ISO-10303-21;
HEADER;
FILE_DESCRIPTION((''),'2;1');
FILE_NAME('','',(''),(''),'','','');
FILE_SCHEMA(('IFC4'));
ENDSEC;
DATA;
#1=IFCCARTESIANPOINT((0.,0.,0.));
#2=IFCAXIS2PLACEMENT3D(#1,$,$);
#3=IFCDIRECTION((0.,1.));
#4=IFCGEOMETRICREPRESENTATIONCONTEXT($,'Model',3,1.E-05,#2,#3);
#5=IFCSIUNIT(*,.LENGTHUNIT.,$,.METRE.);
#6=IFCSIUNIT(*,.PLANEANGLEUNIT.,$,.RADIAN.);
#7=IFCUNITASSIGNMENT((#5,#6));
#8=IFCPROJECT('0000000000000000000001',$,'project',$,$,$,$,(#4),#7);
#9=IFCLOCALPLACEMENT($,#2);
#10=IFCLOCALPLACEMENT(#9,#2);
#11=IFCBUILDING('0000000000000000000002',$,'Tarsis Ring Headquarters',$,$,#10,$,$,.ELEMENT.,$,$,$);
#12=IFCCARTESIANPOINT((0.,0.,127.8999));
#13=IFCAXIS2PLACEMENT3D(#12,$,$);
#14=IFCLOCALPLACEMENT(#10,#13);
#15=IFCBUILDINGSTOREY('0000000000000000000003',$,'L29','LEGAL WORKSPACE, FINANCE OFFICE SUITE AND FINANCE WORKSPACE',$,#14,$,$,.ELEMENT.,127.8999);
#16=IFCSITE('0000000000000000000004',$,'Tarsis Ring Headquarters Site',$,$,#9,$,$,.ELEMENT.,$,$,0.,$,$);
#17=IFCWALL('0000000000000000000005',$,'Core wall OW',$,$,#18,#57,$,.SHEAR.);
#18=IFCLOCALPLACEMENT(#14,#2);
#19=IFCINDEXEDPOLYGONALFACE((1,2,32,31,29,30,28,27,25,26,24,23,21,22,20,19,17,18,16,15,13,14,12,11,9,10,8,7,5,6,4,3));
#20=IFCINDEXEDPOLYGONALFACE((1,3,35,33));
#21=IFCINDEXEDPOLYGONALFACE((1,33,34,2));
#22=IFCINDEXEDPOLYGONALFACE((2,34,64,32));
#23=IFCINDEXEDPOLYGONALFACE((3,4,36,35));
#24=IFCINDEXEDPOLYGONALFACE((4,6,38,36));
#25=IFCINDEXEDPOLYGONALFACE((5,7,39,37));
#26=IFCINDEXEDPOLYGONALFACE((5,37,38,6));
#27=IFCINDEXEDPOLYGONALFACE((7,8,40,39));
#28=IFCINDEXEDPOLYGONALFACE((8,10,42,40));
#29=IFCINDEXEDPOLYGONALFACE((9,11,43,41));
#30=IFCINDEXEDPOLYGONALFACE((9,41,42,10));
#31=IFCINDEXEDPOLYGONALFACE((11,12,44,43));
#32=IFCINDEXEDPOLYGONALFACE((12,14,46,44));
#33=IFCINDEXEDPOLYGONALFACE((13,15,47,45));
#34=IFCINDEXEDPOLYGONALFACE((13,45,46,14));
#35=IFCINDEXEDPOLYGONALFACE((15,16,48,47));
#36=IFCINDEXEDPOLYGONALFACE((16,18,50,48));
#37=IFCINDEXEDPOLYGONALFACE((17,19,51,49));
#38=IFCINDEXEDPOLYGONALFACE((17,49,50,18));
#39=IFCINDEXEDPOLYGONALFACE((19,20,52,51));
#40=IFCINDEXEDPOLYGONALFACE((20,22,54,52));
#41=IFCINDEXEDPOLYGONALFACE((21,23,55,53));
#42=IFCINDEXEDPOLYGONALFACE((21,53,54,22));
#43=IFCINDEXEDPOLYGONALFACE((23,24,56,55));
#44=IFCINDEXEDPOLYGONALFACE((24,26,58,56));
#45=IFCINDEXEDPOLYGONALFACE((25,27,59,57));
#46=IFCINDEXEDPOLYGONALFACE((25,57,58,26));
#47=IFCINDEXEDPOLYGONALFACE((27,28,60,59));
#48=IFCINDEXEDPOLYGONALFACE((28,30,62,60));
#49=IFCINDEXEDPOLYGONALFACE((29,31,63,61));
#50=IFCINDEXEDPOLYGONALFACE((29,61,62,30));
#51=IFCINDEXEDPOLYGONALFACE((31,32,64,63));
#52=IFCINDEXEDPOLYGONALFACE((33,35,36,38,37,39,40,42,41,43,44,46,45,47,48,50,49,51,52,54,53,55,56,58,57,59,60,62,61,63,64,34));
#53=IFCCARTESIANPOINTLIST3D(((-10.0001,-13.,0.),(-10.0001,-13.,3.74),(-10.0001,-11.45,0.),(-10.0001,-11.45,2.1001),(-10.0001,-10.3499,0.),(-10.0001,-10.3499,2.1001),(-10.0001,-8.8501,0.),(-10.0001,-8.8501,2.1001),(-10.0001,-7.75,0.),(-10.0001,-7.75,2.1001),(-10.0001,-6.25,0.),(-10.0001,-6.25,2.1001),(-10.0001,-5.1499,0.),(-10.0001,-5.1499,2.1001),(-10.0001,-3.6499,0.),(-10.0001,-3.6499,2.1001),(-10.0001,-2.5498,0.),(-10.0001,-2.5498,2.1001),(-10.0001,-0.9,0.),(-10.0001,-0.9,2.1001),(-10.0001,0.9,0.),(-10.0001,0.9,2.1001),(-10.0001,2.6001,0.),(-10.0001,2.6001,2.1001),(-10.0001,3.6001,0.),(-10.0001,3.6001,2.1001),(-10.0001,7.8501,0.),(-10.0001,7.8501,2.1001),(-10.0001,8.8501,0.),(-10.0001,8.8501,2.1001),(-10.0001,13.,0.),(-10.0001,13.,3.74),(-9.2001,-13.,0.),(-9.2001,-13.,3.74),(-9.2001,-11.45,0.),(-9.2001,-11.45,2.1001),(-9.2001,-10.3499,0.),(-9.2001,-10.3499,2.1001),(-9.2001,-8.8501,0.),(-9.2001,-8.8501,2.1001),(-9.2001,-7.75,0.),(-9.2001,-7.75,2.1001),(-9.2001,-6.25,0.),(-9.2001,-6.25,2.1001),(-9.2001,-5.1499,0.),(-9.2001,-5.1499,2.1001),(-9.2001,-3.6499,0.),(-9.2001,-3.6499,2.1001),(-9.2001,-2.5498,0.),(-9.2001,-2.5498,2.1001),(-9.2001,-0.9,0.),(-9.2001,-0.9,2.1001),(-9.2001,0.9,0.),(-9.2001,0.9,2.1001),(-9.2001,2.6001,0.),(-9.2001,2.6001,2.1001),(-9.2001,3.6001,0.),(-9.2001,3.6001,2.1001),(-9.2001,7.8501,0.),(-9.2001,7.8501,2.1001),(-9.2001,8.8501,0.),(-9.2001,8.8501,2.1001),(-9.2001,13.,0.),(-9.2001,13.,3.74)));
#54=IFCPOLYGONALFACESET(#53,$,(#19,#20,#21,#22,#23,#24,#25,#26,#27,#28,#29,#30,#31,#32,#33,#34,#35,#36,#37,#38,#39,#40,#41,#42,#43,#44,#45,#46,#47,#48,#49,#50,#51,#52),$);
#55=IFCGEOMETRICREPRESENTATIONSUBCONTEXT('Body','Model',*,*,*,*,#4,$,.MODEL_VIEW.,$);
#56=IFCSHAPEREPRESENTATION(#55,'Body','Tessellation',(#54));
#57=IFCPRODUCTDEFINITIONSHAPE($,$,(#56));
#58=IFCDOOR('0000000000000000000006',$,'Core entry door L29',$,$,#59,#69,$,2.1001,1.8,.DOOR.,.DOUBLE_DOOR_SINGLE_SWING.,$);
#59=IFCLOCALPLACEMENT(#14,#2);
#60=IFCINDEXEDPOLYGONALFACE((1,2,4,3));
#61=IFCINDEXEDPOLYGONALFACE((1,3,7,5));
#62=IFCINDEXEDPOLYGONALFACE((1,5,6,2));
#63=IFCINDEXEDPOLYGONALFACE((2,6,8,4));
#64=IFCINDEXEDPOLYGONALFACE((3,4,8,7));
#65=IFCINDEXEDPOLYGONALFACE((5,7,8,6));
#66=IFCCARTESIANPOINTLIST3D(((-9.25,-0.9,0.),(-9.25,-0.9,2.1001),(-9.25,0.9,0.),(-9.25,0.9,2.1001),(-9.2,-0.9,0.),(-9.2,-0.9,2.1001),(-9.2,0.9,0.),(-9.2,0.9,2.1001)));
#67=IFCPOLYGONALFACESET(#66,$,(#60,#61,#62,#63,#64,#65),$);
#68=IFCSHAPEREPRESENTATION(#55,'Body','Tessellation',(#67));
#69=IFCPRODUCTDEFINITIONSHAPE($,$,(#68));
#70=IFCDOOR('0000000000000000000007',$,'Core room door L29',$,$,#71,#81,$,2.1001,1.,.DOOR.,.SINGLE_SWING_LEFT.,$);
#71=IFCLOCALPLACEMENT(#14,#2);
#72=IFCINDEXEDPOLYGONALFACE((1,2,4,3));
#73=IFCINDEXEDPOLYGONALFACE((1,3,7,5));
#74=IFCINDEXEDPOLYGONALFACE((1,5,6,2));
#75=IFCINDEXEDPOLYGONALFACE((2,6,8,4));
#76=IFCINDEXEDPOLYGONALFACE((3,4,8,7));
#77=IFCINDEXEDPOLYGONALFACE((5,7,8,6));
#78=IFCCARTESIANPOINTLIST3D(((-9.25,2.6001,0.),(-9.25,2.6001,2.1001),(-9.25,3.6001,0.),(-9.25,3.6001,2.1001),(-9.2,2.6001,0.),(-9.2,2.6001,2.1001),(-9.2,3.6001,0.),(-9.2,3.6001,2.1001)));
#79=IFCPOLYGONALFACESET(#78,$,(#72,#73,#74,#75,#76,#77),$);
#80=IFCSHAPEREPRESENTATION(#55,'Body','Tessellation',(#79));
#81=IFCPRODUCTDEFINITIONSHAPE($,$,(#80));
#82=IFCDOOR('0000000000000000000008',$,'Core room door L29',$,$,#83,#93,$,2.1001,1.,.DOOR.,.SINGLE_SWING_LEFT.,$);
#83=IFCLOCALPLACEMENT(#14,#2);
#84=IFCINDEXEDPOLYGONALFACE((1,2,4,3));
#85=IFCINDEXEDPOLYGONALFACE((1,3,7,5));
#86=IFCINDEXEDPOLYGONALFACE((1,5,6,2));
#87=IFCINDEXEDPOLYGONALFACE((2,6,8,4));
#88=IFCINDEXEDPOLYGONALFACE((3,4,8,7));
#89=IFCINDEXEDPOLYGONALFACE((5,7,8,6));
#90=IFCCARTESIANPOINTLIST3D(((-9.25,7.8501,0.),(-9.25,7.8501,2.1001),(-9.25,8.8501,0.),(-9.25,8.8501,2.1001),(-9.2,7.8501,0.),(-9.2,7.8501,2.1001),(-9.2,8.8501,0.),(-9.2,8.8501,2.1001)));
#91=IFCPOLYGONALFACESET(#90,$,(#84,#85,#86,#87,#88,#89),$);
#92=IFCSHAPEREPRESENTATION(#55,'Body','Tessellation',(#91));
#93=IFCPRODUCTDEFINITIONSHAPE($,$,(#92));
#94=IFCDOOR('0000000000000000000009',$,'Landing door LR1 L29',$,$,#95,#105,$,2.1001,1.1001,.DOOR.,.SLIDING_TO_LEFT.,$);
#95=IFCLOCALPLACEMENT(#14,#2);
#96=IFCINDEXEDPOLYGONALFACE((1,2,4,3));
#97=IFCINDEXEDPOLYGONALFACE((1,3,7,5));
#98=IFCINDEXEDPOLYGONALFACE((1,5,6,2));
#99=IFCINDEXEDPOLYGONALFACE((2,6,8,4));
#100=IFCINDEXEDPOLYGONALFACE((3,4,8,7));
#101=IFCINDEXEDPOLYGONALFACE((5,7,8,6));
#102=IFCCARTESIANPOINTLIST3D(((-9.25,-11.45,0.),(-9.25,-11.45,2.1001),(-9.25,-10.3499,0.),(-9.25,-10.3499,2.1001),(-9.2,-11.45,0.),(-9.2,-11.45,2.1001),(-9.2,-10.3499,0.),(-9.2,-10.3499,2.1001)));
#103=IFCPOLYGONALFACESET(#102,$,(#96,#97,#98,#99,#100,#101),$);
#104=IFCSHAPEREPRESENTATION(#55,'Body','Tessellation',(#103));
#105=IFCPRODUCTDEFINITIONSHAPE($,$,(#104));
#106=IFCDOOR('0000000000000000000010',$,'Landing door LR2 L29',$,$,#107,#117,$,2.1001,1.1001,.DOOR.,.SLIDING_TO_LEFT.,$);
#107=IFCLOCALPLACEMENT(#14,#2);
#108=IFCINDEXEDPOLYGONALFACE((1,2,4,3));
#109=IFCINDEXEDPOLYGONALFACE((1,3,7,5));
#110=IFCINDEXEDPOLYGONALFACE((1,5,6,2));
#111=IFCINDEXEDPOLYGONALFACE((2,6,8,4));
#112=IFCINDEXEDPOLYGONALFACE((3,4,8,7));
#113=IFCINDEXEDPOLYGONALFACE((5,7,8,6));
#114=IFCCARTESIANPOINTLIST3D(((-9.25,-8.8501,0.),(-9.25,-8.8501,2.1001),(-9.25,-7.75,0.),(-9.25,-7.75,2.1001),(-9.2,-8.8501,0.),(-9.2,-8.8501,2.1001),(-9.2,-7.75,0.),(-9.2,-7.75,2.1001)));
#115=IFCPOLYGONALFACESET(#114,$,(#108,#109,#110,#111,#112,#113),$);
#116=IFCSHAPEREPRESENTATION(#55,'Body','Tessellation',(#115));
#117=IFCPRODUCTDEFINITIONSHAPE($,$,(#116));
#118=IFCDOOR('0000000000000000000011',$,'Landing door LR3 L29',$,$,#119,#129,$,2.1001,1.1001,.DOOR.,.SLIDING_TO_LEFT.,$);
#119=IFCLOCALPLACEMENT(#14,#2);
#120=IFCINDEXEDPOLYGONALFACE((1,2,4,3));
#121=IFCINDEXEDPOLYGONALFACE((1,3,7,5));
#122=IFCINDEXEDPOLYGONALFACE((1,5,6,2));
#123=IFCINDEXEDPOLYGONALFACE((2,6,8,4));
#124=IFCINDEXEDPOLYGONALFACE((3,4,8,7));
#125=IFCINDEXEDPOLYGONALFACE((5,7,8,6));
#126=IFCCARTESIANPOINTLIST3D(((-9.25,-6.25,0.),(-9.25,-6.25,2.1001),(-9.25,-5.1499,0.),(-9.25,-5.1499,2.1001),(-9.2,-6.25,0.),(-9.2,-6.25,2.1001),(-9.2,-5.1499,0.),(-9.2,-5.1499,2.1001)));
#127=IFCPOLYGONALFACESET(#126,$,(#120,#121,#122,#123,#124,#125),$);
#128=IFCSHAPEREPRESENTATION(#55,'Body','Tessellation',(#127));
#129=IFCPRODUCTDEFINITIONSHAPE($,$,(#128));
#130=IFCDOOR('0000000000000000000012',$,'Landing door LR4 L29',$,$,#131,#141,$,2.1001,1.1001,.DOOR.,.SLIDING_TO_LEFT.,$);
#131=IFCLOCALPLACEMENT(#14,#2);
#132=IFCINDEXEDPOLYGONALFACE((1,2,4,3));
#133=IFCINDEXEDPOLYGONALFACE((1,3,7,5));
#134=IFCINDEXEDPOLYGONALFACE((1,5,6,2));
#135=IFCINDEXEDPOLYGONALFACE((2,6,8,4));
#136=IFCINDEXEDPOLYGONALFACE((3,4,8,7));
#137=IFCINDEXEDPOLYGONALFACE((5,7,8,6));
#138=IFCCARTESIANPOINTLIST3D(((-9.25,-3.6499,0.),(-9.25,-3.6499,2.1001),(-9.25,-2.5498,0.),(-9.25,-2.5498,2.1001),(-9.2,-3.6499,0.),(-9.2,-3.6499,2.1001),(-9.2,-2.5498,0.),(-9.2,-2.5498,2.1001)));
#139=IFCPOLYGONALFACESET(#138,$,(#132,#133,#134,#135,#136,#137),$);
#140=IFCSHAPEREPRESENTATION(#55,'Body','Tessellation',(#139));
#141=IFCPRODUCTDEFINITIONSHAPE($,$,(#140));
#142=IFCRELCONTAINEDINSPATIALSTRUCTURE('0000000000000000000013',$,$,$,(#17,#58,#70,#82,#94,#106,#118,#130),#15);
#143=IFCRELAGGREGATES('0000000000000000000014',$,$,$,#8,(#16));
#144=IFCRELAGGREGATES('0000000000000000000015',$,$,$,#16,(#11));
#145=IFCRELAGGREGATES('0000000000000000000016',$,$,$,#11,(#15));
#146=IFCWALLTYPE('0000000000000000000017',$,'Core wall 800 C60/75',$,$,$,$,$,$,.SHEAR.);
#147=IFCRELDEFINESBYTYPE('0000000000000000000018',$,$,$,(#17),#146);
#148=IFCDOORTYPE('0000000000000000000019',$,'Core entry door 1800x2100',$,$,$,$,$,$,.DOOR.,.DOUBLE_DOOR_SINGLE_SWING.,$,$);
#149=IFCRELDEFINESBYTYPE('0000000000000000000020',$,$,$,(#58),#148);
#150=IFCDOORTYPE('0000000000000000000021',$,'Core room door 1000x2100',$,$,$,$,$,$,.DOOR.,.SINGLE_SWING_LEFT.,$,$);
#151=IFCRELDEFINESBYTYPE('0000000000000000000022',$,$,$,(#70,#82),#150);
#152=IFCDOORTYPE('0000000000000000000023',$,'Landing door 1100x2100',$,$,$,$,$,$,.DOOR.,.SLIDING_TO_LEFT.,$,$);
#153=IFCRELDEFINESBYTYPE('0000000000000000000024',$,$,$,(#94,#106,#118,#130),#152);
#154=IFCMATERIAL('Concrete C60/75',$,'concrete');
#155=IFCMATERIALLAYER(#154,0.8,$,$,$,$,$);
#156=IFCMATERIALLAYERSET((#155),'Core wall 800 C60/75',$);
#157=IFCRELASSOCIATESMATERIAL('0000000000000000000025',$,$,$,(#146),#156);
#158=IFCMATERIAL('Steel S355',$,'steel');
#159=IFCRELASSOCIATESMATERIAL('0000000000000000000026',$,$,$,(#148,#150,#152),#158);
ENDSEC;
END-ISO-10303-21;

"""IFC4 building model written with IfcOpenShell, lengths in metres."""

from ifc_helpers import new_model, si_unit, direction, frame, frame_2d, origin, place, context, subcontext, project, spatial, rectangle, extrude, material, layer, layer_set, type_object, element, fill, save


model = new_model("IFC4")

# Units and contexts
model_context = context("Model", 3, precision=1e-05, world=origin(), true_north=direction((0.0, 1.0)))
body_context = subcontext(model_context, "Body", "Model", "MODEL_VIEW")
ifc_project = project(units=[si_unit("LENGTHUNIT", "METRE"), si_unit("PLANEANGLEUNIT", "RADIAN")], contexts=[model_context])

# Site, building, storey
site_placement = place(None, origin())
site = spatial("IfcSite", under=ifc_project, at=site_placement, Name="Tarsis Ring Headquarters Site", CompositionType="ELEMENT", RefElevation=0.0)
building_placement = place(site_placement, origin())
building = spatial("IfcBuilding", under=site, at=building_placement, Name="Tarsis Ring Headquarters", CompositionType="ELEMENT")
storey_placement = place(building_placement, frame((0.0, 0.0, 127.8999)))
storey = spatial("IfcBuildingStorey", under=building, at=storey_placement, Name="L29", Description="LEGAL WORKSPACE, FINANCE OFFICE SUITE AND FINANCE WORKSPACE", CompositionType="ELEMENT", Elevation=127.8999)

# Wall, openings, doors
ifc_material_1 = material(Name="Concrete C60/75", Category="concrete")
ifc_layer_1 = layer(ifc_material_1, 0.8)
ifc_layer_set_1 = layer_set([ifc_layer_1], Name="Core wall 800 C60/75")
wall_type_1 = type_object("IfcWallType", Name="Core wall 800 C60/75", PredefinedType="SHEAR", material=ifc_layer_set_1)
wall_1_placement = place(storey_placement, frame((-9.6001, -13.0, 0.0), z_axis=(0.0, 0.0, 1.0), x_axis=(0.0, 1.0, 0.0)))
wall_1 = element("IfcWall", 1, at=wall_1_placement, inside=storey, type_object=wall_type_1, Name="Core wall OW", PredefinedType="SHEAR", context=body_context, shape_type="SweptSolid", body=[
    extrude(rectangle(XDim=26.0, YDim=0.8, at=frame_2d((13.0, 0.0))), origin(), (0.0, 0.0, 1.0), 3.74),
])
opening_1_placement = place(wall_1_placement, frame((1.55, 0.0, 0.0)))
opening_1 = element("IfcOpeningElement", 2, at=opening_1_placement, cuts=wall_1, PredefinedType="OPENING", context=body_context, shape_type="SweptSolid", body=[
    extrude(rectangle(XDim=1.1001, YDim=2.1001, at=frame_2d((0.55, 1.05))), frame((0.0, 0.4099, 0.0), z_axis=(0.0, -1.0, 0.0), x_axis=(1.0, 0.0, 0.0)), (0.0, 0.0, 1.0), 0.8201),
])
opening_2_placement = place(wall_1_placement, frame((4.1499, 0.0, 0.0)))
opening_2 = element("IfcOpeningElement", 3, at=opening_2_placement, cuts=wall_1, PredefinedType="OPENING", context=body_context, shape_type="SweptSolid", body=[
    extrude(rectangle(XDim=1.1001, YDim=2.1001, at=frame_2d((0.55, 1.05))), frame((0.0, 0.4099, 0.0), z_axis=(0.0, -1.0, 0.0), x_axis=(1.0, 0.0, 0.0)), (0.0, 0.0, 1.0), 0.8201),
])
opening_3_placement = place(wall_1_placement, frame((6.75, 0.0, 0.0)))
opening_3 = element("IfcOpeningElement", 4, at=opening_3_placement, cuts=wall_1, PredefinedType="OPENING", context=body_context, shape_type="SweptSolid", body=[
    extrude(rectangle(XDim=1.1001, YDim=2.1001, at=frame_2d((0.55, 1.05))), frame((0.0, 0.4099, 0.0), z_axis=(0.0, -1.0, 0.0), x_axis=(1.0, 0.0, 0.0)), (0.0, 0.0, 1.0), 0.8201),
])
opening_4_placement = place(wall_1_placement, frame((9.3501, 0.0, 0.0)))
opening_4 = element("IfcOpeningElement", 5, at=opening_4_placement, cuts=wall_1, PredefinedType="OPENING", context=body_context, shape_type="SweptSolid", body=[
    extrude(rectangle(XDim=1.1001, YDim=2.1001, at=frame_2d((0.55, 1.05))), frame((0.0, 0.4099, 0.0), z_axis=(0.0, -1.0, 0.0), x_axis=(1.0, 0.0, 0.0)), (0.0, 0.0, 1.0), 0.8201),
])
opening_5_placement = place(wall_1_placement, frame((12.1001, 0.0, 0.0)))
opening_5 = element("IfcOpeningElement", 6, at=opening_5_placement, cuts=wall_1, PredefinedType="OPENING", context=body_context, shape_type="SweptSolid", body=[
    extrude(rectangle(XDim=1.8, YDim=2.1001, at=frame_2d((0.8999, 1.05))), frame((0.0, 0.4099, 0.0), z_axis=(0.0, -1.0, 0.0), x_axis=(1.0, 0.0, 0.0)), (0.0, 0.0, 1.0), 0.8201),
])
opening_6_placement = place(wall_1_placement, frame((15.6001, 0.0, 0.0)))
opening_6 = element("IfcOpeningElement", 7, at=opening_6_placement, cuts=wall_1, PredefinedType="OPENING", context=body_context, shape_type="SweptSolid", body=[
    extrude(rectangle(XDim=1.0, YDim=2.1001, at=frame_2d((0.5, 1.05))), frame((0.0, 0.4099, 0.0), z_axis=(0.0, -1.0, 0.0), x_axis=(1.0, 0.0, 0.0)), (0.0, 0.0, 1.0), 0.8201),
])
opening_7_placement = place(wall_1_placement, frame((20.8501, 0.0, 0.0)))
opening_7 = element("IfcOpeningElement", 8, at=opening_7_placement, cuts=wall_1, PredefinedType="OPENING", context=body_context, shape_type="SweptSolid", body=[
    extrude(rectangle(XDim=1.0, YDim=2.1001, at=frame_2d((0.5, 1.05))), frame((0.0, 0.4099, 0.0), z_axis=(0.0, -1.0, 0.0), x_axis=(1.0, 0.0, 0.0)), (0.0, 0.0, 1.0), 0.8201),
])
ifc_material_2 = material(Name="Steel S355", Category="steel")
door_type_1 = type_object("IfcDoorType", Name="Core entry door 1800x2100", OperationType="DOUBLE_DOOR_SINGLE_SWING", PredefinedType="DOOR", material=ifc_material_2)
door_1_placement = place(opening_5_placement, origin())
door_1 = element("IfcDoor", 9, at=door_1_placement, inside=storey, type_object=door_type_1, Name="Core entry door L29", OperationType="DOUBLE_DOOR_SINGLE_SWING", OverallHeight=2.1001, OverallWidth=1.8, PredefinedType="DOOR", context=body_context, shape_type="SweptSolid", body=[
    extrude(rectangle(XDim=1.8, YDim=2.1001, at=frame_2d((0.8999, 1.05))), frame((0.0, -0.3501, 0.0), z_axis=(0.0, -1.0, 0.0), x_axis=(1.0, 0.0, 0.0)), (0.0, 0.0, 1.0), 0.05),
])
fill(opening_5, door_1)
door_type_2 = type_object("IfcDoorType", Name="Core room door 1000x2100", OperationType="SINGLE_SWING_LEFT", PredefinedType="DOOR", material=ifc_material_2)
door_2_placement = place(opening_6_placement, origin())
door_2 = element("IfcDoor", 10, at=door_2_placement, inside=storey, type_object=door_type_2, Name="Core room door L29", OperationType="SINGLE_SWING_LEFT", OverallHeight=2.1001, OverallWidth=1.0, PredefinedType="DOOR", context=body_context, shape_type="SweptSolid", body=[
    extrude(rectangle(XDim=1.0, YDim=2.1001, at=frame_2d((0.5, 1.05))), frame((0.0, -0.3501, 0.0), z_axis=(0.0, -1.0, 0.0), x_axis=(1.0, 0.0, 0.0)), (0.0, 0.0, 1.0), 0.05),
])
fill(opening_6, door_2)
door_3_placement = place(opening_7_placement, origin())
door_3 = element("IfcDoor", 11, at=door_3_placement, inside=storey, type_object=door_type_2, Name="Core room door L29", OperationType="SINGLE_SWING_LEFT", OverallHeight=2.1001, OverallWidth=1.0, PredefinedType="DOOR", context=body_context, shape_type="SweptSolid", body=[
    extrude(rectangle(XDim=1.0, YDim=2.1001, at=frame_2d((0.5, 1.05))), frame((0.0, -0.3501, 0.0), z_axis=(0.0, -1.0, 0.0), x_axis=(1.0, 0.0, 0.0)), (0.0, 0.0, 1.0), 0.05),
])
fill(opening_7, door_3)
door_type_3 = type_object("IfcDoorType", Name="Landing door 1100x2100", OperationType="SLIDING_TO_LEFT", PredefinedType="DOOR", material=ifc_material_2)
door_4_placement = place(opening_1_placement, origin())
door_4 = element("IfcDoor", 12, at=door_4_placement, inside=storey, type_object=door_type_3, Name="Landing door LR1 L29", OperationType="SLIDING_TO_LEFT", OverallHeight=2.1001, OverallWidth=1.1001, PredefinedType="DOOR", context=body_context, shape_type="SweptSolid", body=[
    extrude(rectangle(XDim=1.1001, YDim=2.1001, at=frame_2d((0.55, 1.05))), frame((0.0, -0.3501, 0.0), z_axis=(0.0, -1.0, 0.0), x_axis=(1.0, 0.0, 0.0)), (0.0, 0.0, 1.0), 0.05),
])
fill(opening_1, door_4)
door_5_placement = place(opening_2_placement, origin())
door_5 = element("IfcDoor", 13, at=door_5_placement, inside=storey, type_object=door_type_3, Name="Landing door LR2 L29", OperationType="SLIDING_TO_LEFT", OverallHeight=2.1001, OverallWidth=1.1001, PredefinedType="DOOR", context=body_context, shape_type="SweptSolid", body=[
    extrude(rectangle(XDim=1.1001, YDim=2.1001, at=frame_2d((0.55, 1.05))), frame((0.0, -0.3501, 0.0), z_axis=(0.0, -1.0, 0.0), x_axis=(1.0, 0.0, 0.0)), (0.0, 0.0, 1.0), 0.05),
])
fill(opening_2, door_5)
door_6_placement = place(opening_3_placement, origin())
door_6 = element("IfcDoor", 14, at=door_6_placement, inside=storey, type_object=door_type_3, Name="Landing door LR3 L29", OperationType="SLIDING_TO_LEFT", OverallHeight=2.1001, OverallWidth=1.1001, PredefinedType="DOOR", context=body_context, shape_type="SweptSolid", body=[
    extrude(rectangle(XDim=1.1001, YDim=2.1001, at=frame_2d((0.55, 1.05))), frame((0.0, -0.3501, 0.0), z_axis=(0.0, -1.0, 0.0), x_axis=(1.0, 0.0, 0.0)), (0.0, 0.0, 1.0), 0.05),
])
fill(opening_3, door_6)
door_7_placement = place(opening_4_placement, origin())
door_7 = element("IfcDoor", 15, at=door_7_placement, inside=storey, type_object=door_type_3, Name="Landing door LR4 L29", OperationType="SLIDING_TO_LEFT", OverallHeight=2.1001, OverallWidth=1.1001, PredefinedType="DOOR", context=body_context, shape_type="SweptSolid", body=[
    extrude(rectangle(XDim=1.1001, YDim=2.1001, at=frame_2d((0.55, 1.05))), frame((0.0, -0.3501, 0.0), z_axis=(0.0, -1.0, 0.0), x_axis=(1.0, 0.0, 0.0)), (0.0, 0.0, 1.0), 0.05),
])
fill(opening_4, door_7)

save(model, "model.ifc")
